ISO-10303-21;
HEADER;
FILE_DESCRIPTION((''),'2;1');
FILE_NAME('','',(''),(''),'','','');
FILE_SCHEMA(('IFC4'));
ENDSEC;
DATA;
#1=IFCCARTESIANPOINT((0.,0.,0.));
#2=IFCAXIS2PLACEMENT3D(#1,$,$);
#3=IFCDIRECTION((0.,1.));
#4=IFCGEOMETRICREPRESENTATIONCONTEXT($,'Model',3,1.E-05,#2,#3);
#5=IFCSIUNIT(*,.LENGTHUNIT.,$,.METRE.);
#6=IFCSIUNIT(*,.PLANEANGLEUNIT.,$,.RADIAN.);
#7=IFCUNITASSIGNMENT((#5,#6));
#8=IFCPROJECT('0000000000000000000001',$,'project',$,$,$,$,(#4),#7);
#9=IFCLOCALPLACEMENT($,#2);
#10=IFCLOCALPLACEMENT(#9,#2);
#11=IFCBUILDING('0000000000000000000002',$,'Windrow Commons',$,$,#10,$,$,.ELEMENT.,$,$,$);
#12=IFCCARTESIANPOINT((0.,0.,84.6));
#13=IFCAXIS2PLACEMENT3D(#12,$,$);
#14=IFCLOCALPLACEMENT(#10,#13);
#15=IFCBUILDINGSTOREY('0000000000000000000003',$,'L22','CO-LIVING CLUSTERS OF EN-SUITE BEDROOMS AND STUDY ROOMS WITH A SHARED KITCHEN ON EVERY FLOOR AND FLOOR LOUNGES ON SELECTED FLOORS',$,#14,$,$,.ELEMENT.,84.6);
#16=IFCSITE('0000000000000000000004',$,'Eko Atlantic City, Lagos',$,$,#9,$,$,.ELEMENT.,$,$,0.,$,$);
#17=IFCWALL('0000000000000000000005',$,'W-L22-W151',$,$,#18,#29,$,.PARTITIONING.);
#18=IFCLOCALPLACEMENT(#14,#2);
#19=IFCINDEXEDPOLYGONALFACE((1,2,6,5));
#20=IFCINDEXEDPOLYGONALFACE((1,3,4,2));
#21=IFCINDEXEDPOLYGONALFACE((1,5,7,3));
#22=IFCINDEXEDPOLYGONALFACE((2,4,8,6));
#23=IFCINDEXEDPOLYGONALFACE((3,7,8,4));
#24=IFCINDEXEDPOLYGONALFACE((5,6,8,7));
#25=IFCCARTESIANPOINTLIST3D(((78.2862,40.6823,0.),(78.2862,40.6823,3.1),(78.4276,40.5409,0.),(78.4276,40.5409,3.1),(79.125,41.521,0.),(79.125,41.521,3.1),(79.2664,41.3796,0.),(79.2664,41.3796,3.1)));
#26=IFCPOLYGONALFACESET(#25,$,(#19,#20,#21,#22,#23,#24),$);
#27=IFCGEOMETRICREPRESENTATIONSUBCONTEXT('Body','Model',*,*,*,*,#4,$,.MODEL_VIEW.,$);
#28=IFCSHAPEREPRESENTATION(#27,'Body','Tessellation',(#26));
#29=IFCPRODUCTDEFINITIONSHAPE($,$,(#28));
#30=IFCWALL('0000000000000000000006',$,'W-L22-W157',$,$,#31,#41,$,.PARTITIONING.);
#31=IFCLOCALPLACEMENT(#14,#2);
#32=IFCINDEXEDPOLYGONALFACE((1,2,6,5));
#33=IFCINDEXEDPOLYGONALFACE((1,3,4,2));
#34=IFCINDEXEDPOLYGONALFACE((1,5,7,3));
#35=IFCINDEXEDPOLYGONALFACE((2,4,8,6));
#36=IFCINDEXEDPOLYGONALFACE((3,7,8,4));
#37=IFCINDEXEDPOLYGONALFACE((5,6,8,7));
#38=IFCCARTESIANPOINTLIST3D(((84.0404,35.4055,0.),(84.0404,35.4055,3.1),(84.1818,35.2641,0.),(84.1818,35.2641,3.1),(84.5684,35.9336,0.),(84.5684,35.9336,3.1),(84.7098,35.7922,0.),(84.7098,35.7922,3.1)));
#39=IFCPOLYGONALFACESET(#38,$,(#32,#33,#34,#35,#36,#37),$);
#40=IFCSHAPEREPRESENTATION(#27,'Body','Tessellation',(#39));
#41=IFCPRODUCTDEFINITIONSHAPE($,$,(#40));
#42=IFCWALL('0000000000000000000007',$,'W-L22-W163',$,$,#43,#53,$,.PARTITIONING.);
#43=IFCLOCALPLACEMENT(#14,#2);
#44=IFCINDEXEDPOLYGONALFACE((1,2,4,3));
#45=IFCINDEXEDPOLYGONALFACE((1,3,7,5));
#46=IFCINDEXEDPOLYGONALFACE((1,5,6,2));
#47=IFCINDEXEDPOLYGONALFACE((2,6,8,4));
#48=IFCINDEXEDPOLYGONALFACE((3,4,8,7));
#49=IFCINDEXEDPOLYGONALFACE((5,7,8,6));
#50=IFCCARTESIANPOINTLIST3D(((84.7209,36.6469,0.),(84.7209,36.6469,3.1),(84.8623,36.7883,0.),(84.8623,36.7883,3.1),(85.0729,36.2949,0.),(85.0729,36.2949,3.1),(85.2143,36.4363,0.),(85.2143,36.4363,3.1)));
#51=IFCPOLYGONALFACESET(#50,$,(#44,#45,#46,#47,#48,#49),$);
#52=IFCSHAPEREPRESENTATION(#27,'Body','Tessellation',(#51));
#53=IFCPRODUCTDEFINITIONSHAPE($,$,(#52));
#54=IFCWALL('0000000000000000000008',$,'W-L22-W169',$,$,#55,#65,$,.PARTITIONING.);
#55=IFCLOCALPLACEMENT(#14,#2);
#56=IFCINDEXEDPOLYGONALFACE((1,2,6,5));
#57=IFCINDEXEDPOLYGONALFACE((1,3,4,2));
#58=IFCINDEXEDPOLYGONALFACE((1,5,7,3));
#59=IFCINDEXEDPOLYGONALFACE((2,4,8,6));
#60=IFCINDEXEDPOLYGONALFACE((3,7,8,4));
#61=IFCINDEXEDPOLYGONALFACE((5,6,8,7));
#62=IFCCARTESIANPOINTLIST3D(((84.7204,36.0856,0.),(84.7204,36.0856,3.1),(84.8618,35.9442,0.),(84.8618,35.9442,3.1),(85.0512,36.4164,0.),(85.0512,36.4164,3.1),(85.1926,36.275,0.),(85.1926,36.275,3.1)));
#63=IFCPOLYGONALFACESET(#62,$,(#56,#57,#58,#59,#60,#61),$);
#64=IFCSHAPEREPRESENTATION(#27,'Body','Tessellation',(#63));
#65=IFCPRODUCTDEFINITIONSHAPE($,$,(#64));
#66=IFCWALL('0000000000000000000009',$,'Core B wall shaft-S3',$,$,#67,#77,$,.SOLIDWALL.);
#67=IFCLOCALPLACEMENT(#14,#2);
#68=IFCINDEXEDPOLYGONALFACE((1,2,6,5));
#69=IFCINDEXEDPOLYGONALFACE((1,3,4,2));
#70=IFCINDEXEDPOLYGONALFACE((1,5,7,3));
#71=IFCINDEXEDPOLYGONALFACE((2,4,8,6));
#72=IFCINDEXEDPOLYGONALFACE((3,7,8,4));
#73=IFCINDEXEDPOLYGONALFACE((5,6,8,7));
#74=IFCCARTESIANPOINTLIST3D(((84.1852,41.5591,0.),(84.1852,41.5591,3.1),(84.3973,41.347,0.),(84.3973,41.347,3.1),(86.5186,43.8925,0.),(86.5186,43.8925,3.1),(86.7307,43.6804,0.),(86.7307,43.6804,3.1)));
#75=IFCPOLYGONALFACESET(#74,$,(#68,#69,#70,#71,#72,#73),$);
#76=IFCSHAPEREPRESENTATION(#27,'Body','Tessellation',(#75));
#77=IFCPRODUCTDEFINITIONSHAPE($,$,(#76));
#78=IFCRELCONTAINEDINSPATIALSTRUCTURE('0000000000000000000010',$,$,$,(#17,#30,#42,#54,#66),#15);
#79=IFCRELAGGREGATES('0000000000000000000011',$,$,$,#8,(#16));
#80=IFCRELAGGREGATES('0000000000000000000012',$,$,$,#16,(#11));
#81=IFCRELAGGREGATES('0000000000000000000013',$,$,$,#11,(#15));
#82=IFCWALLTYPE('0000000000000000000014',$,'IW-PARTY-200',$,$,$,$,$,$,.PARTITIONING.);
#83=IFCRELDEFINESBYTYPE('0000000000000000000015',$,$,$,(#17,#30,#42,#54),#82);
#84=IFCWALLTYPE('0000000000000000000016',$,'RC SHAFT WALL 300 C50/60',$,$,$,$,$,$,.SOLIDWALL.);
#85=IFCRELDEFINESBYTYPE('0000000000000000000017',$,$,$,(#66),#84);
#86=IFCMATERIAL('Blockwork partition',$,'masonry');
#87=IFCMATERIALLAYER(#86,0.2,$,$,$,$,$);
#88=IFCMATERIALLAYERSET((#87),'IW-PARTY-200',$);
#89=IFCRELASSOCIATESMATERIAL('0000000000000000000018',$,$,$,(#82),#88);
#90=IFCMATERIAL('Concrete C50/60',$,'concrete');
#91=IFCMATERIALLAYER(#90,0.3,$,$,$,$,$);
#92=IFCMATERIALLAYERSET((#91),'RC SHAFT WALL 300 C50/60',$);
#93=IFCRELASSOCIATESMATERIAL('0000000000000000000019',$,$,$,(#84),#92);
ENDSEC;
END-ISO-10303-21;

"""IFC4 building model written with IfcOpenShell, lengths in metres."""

from ifc_helpers import new_model, si_unit, direction, frame, frame_2d, origin, place, context, subcontext, project, spatial, rectangle, extrude, material, layer, layer_set, type_object, element, save


model = new_model("IFC4")

# Units and contexts
model_context = context("Model", 3, precision=1e-05, world=origin(), true_north=direction((0.0, 1.0)))
body_context = subcontext(model_context, "Body", "Model", "MODEL_VIEW")
ifc_project = project(units=[si_unit("LENGTHUNIT", "METRE"), si_unit("PLANEANGLEUNIT", "RADIAN")], contexts=[model_context])

# Site, building, storey
site_placement = place(None, origin())
site = spatial("IfcSite", under=ifc_project, at=site_placement, Name="Eko Atlantic City, Lagos", CompositionType="ELEMENT", RefElevation=0.0)
building_placement = place(site_placement, origin())
building = spatial("IfcBuilding", under=site, at=building_placement, Name="Windrow Commons", CompositionType="ELEMENT")
storey_placement = place(building_placement, frame((0.0, 0.0, 84.6)))
storey = spatial("IfcBuildingStorey", under=building, at=storey_placement, Name="L22", Description="CO-LIVING CLUSTERS OF EN-SUITE BEDROOMS AND STUDY ROOMS WITH A SHARED KITCHEN ON EVERY FLOOR AND FLOOR LOUNGES ON SELECTED FLOORS", CompositionType="ELEMENT", Elevation=84.6)

# Walls
ifc_material_1 = material(Name="Blockwork partition", Category="masonry")
ifc_layer_1 = layer(ifc_material_1, 0.2)
ifc_layer_set_1 = layer_set([ifc_layer_1], Name="IW-PARTY-200")
wall_type_1 = type_object("IfcWallType", Name="IW-PARTY-200", PredefinedType="PARTITIONING", material=ifc_layer_set_1)
wall_1_placement = place(storey_placement, frame((78.3569, 40.6116, 0.0), z_axis=(0.0, 0.0, 1.0), x_axis=(0.707149, 0.707065, 0.0)))
element("IfcWall", 1, at=wall_1_placement, inside=storey, type_object=wall_type_1, Name="W-L22-W151", PredefinedType="PARTITIONING", context=body_context, shape_type="SweptSolid", body=[
    extrude(rectangle(XDim=1.1862, YDim=0.2, at=frame_2d((0.5931, 0.0))), origin(), (0.0, 0.0, 1.0), 3.1),
])
wall_2_placement = place(storey_placement, frame((84.1111, 35.3348, 0.0), z_axis=(0.0, 0.0, 1.0), x_axis=(0.70704, 0.707174, 0.0)))
element("IfcWall", 2, at=wall_2_placement, inside=storey, type_object=wall_type_1, Name="W-L22-W157", PredefinedType="PARTITIONING", context=body_context, shape_type="SweptSolid", body=[
    extrude(rectangle(XDim=0.7468, YDim=0.2, at=frame_2d((0.3734, 0.0))), origin(), (0.0, 0.0, 1.0), 3.1),
])
wall_3_placement = place(storey_placement, frame((84.7916, 36.7176, 0.0), z_axis=(0.0, 0.0, 1.0), x_axis=(0.707107, -0.707107, 0.0)))
element("IfcWall", 3, at=wall_3_placement, inside=storey, type_object=wall_type_1, Name="W-L22-W163", PredefinedType="PARTITIONING", context=body_context, shape_type="SweptSolid", body=[
    extrude(rectangle(XDim=0.4978, YDim=0.2, at=frame_2d((0.2489, 0.0))), origin(), (0.0, 0.0, 1.0), 3.1),
])
wall_4_placement = place(storey_placement, frame((84.7911, 36.0149, 0.0), z_axis=(0.0, 0.0, 1.0), x_axis=(0.707107, 0.707107, 0.0)))
element("IfcWall", 4, at=wall_4_placement, inside=storey, type_object=wall_type_1, Name="W-L22-W169", PredefinedType="PARTITIONING", context=body_context, shape_type="SweptSolid", body=[
    extrude(rectangle(XDim=0.4678, YDim=0.2, at=frame_2d((0.2339, 0.0))), origin(), (0.0, 0.0, 1.0), 3.1),
])
ifc_material_2 = material(Name="Concrete C50/60", Category="concrete")
ifc_layer_2 = layer(ifc_material_2, 0.3)
ifc_layer_set_2 = layer_set([ifc_layer_2], Name="RC SHAFT WALL 300 C50/60")
wall_type_2 = type_object("IfcWallType", Name="RC SHAFT WALL 300 C50/60", PredefinedType="SOLIDWALL", material=ifc_layer_set_2)
wall_5_placement = place(storey_placement, frame((84.2912, 41.453, 0.0), z_axis=(0.0, 0.0, 1.0), x_axis=(0.707107, 0.707107, 0.0)))
element("IfcWall", 5, at=wall_5_placement, inside=storey, type_object=wall_type_2, Name="Core B wall shaft-S3", PredefinedType="SOLIDWALL", context=body_context, shape_type="SweptSolid", body=[
    extrude(rectangle(XDim=3.2999, YDim=0.3, at=frame_2d((1.65, 0.0))), origin(), (0.0, 0.0, 1.0), 3.1),
])

save(model, "model.ifc")
